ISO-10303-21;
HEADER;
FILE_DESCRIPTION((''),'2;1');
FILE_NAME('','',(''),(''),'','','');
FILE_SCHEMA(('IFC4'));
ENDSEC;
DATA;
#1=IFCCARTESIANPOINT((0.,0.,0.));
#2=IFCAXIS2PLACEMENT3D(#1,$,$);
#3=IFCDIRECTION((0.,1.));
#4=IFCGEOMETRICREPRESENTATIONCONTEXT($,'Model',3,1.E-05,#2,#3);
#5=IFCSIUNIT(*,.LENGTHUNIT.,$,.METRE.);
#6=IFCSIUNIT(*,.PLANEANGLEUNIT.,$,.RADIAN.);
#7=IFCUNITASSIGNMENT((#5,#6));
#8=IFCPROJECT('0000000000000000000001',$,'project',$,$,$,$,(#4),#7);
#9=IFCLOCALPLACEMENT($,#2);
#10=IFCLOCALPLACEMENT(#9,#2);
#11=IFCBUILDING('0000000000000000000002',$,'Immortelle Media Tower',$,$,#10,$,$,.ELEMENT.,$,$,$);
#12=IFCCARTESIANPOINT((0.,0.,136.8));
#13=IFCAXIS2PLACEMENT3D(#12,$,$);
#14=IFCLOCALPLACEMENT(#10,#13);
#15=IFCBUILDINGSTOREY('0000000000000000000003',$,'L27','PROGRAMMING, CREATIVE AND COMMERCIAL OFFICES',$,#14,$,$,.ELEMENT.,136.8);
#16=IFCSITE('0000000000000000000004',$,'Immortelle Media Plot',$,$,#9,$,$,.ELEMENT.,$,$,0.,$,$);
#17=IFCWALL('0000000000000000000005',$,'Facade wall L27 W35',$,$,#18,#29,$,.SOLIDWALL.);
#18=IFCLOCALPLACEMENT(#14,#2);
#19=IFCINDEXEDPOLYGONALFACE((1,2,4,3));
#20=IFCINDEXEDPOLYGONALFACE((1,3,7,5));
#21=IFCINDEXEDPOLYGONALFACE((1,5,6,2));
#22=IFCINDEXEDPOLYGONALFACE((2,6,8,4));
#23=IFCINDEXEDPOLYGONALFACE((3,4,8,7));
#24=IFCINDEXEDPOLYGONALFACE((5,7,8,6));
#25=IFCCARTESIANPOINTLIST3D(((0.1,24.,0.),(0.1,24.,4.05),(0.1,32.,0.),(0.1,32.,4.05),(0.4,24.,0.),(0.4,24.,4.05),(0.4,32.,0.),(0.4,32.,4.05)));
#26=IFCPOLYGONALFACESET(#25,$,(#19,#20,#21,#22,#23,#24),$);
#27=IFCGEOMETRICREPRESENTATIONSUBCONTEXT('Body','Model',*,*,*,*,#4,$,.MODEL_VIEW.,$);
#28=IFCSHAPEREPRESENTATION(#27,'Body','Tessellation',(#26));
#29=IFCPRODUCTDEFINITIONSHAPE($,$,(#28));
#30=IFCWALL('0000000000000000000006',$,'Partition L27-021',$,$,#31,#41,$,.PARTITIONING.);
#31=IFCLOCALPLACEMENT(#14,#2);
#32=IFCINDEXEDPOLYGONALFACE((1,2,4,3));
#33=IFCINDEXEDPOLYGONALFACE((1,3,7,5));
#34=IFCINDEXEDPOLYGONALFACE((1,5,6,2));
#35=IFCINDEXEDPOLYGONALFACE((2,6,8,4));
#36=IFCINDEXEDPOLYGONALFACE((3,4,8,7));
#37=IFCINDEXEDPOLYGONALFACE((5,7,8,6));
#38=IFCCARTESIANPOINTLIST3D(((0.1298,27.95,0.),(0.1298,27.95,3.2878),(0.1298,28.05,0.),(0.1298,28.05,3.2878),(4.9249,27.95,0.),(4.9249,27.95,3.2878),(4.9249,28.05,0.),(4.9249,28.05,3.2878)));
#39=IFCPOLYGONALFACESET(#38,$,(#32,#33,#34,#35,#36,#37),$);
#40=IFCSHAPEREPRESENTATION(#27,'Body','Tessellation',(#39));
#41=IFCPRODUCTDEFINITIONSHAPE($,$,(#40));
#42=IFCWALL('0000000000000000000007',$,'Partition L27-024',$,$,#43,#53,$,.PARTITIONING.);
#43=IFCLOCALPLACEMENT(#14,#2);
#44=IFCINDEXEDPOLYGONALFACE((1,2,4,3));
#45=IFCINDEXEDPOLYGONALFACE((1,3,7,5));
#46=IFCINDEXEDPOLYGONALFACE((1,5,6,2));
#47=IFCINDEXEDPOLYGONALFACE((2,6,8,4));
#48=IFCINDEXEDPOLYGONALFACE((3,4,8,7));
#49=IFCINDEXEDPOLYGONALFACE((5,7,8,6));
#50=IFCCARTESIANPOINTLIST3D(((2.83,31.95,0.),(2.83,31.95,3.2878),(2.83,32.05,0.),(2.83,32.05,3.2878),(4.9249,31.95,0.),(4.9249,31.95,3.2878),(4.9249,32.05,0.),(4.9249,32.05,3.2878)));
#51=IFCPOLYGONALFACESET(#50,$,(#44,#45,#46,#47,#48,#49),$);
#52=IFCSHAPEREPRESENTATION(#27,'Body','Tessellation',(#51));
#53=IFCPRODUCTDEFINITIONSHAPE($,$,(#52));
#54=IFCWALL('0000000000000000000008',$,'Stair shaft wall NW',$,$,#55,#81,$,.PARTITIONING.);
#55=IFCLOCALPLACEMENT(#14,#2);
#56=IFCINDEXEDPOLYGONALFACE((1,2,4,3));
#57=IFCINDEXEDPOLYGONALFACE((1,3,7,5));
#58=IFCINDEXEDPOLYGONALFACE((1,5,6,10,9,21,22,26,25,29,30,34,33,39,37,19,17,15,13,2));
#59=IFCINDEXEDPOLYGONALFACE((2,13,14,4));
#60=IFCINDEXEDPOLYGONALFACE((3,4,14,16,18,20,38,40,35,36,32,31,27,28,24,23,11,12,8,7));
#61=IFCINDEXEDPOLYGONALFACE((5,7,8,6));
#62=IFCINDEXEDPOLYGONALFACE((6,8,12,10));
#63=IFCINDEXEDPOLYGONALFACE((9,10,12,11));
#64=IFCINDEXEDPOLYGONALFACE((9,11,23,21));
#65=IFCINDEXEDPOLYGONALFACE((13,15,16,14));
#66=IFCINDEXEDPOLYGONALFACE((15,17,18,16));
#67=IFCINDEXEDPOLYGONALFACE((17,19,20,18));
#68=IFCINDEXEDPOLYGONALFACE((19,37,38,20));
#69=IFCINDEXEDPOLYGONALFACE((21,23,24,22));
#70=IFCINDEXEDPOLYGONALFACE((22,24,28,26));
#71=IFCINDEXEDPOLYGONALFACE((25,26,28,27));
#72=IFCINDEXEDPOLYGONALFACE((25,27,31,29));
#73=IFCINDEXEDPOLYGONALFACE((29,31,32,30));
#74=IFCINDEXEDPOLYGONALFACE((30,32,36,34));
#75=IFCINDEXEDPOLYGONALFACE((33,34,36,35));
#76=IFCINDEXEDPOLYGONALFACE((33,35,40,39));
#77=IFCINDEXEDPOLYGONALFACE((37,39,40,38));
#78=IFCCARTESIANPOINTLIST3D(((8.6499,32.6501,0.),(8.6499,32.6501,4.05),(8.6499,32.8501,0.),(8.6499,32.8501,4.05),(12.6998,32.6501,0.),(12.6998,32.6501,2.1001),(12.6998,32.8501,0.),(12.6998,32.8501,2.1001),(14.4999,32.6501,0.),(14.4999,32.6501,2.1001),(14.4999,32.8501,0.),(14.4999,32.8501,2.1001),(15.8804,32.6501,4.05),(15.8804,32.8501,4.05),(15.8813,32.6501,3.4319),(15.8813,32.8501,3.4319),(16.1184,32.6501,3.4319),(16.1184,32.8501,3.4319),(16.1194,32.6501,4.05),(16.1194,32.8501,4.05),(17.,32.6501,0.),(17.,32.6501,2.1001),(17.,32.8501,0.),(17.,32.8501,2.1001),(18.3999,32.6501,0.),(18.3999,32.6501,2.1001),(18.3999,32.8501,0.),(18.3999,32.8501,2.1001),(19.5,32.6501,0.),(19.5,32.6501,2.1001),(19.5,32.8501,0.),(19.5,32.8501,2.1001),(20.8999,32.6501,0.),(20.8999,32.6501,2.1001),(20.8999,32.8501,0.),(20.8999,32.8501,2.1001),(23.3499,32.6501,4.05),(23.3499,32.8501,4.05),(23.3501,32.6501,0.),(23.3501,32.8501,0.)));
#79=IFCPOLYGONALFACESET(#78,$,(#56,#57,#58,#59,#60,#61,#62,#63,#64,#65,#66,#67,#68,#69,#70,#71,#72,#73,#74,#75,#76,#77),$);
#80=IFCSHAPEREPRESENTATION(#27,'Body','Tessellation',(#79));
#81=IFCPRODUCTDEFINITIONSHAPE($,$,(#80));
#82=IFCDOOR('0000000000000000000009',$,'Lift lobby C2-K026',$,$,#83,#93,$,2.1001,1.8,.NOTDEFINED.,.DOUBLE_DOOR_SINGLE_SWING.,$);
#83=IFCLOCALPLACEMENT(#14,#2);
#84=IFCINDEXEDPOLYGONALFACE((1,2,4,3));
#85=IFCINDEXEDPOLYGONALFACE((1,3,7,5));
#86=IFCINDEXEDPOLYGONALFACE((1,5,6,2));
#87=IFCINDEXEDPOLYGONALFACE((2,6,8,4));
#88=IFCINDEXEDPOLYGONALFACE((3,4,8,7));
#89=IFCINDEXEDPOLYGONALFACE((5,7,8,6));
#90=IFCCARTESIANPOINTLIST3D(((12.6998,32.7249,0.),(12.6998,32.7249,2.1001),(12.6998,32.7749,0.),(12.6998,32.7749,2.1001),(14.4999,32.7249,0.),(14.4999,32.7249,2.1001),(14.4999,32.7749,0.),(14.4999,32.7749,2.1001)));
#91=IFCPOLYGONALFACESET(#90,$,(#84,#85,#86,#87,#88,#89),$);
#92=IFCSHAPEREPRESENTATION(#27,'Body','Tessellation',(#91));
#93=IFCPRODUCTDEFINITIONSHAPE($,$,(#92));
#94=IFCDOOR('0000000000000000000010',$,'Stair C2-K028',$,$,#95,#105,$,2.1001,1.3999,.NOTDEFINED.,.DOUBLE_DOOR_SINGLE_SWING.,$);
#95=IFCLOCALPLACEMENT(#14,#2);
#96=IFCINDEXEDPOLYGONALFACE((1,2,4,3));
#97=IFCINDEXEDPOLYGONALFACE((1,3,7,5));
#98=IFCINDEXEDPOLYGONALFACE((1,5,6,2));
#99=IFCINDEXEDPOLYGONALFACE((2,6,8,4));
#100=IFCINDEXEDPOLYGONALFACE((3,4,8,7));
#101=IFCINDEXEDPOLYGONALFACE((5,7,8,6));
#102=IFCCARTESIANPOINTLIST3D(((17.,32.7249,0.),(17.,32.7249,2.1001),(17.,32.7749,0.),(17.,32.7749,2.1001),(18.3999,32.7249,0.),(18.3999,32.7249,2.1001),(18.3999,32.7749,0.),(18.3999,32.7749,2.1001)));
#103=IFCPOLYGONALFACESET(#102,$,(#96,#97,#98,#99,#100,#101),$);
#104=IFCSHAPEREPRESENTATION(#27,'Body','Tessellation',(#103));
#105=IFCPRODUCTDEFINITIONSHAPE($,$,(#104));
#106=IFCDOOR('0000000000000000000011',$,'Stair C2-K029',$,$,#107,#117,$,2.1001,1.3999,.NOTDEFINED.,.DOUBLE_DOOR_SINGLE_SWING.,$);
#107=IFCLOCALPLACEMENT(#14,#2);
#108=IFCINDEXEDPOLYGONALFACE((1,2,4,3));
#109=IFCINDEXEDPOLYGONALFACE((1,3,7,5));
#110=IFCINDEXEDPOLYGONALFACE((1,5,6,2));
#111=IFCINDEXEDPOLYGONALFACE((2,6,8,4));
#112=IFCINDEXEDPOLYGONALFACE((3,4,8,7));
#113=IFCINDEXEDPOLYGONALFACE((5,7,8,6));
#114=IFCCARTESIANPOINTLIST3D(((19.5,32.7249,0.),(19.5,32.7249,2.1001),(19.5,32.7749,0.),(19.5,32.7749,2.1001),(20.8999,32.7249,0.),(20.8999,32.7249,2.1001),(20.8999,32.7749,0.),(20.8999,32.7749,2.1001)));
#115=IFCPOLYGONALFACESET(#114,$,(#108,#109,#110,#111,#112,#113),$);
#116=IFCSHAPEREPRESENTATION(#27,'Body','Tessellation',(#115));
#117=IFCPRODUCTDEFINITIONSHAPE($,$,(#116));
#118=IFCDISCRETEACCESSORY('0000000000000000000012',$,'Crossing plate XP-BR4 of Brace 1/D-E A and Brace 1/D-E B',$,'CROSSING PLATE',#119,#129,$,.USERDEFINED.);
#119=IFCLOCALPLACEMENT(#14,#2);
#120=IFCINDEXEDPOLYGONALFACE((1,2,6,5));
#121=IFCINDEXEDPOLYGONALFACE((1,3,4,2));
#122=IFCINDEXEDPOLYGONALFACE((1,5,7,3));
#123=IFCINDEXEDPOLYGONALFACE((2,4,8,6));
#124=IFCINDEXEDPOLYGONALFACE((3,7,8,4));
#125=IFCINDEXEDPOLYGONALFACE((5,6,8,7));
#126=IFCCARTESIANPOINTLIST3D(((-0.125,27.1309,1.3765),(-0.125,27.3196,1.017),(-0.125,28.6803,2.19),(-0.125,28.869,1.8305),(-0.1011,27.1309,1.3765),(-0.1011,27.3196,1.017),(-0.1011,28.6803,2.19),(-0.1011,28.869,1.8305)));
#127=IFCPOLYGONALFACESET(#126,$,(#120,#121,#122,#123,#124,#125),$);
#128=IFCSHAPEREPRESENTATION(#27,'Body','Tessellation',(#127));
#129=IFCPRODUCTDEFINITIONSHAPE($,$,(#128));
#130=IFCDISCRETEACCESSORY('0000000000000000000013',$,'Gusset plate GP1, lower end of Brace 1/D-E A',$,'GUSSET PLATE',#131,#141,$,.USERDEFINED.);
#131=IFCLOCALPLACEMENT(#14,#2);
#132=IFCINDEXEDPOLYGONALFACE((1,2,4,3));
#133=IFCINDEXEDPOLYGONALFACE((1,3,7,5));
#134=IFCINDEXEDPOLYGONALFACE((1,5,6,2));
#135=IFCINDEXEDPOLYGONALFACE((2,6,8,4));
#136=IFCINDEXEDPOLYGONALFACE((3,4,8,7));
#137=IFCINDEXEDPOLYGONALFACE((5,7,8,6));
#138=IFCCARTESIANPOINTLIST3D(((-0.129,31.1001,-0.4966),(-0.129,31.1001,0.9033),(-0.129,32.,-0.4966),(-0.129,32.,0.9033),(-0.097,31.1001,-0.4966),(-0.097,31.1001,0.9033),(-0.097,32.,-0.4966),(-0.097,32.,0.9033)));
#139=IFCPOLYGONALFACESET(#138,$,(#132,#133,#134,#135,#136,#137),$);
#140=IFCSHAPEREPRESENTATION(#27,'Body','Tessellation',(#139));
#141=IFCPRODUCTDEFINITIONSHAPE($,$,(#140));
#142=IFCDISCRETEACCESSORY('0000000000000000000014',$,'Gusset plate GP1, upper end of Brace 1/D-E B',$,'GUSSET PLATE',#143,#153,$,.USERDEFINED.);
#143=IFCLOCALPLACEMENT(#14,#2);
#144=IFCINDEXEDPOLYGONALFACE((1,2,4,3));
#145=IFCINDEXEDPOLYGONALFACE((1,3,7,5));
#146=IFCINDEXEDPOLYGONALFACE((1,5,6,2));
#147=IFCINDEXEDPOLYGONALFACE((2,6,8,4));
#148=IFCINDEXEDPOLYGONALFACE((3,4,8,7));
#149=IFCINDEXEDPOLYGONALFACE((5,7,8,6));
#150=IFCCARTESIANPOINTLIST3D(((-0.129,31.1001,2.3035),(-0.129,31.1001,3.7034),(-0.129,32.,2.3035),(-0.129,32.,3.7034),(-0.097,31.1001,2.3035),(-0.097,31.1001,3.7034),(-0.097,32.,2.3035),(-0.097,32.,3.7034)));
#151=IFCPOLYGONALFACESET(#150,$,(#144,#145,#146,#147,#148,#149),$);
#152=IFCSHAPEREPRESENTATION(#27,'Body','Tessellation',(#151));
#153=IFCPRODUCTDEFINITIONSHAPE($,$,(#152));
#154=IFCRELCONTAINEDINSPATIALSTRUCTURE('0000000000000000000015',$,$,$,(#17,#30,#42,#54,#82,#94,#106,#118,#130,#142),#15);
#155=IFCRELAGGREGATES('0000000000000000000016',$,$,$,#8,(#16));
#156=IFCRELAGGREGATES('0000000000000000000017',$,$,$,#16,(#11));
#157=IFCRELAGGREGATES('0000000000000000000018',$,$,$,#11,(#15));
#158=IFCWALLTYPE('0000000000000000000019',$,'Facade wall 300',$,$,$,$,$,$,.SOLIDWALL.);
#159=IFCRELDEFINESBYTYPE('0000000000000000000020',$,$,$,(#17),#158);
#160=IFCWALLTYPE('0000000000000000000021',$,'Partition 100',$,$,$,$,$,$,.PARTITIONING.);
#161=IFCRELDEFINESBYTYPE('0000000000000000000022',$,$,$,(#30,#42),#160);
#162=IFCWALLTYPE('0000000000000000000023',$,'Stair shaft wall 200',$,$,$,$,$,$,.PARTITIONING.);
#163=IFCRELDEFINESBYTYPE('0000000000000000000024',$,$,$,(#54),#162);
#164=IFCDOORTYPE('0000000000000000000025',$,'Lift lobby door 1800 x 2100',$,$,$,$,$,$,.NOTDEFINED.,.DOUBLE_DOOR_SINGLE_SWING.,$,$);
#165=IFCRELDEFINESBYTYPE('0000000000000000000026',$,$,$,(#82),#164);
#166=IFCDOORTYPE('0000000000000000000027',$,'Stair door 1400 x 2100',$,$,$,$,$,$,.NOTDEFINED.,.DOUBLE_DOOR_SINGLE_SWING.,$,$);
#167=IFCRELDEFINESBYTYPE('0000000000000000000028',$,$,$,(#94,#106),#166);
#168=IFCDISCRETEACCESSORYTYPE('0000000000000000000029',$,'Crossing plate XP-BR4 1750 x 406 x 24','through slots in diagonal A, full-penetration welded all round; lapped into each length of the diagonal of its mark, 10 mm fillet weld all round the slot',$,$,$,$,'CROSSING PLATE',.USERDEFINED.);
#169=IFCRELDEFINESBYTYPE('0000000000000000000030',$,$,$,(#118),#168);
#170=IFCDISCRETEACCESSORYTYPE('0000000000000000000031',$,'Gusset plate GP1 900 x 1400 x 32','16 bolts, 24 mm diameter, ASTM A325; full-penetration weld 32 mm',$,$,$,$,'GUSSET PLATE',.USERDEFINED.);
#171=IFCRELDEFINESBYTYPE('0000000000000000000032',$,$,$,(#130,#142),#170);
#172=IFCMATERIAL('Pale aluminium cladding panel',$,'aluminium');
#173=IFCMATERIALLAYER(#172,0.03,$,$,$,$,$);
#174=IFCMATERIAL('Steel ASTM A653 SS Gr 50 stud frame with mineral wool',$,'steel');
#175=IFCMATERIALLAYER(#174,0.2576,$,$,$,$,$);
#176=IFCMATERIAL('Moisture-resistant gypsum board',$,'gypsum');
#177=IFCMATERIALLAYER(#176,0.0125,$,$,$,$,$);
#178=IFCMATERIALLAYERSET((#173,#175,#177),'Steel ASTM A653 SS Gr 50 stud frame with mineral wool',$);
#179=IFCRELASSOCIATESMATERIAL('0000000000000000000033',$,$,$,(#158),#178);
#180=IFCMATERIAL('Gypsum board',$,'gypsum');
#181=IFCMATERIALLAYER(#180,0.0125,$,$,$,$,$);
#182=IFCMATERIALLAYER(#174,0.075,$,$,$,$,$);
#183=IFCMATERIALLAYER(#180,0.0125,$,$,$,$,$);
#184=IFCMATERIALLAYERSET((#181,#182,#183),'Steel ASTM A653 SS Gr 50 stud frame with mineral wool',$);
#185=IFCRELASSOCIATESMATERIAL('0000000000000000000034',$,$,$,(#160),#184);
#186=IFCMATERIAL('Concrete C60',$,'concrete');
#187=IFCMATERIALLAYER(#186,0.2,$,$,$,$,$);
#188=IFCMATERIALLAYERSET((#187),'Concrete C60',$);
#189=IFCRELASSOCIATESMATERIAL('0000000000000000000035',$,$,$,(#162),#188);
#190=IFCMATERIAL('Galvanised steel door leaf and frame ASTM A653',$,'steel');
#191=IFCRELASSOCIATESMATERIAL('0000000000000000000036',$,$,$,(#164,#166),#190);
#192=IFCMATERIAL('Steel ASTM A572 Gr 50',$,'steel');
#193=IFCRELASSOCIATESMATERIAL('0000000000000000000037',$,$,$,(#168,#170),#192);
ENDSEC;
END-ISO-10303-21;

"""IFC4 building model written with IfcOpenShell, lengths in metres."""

from ifc_helpers import new_model, si_unit, direction, frame, frame_2d, origin, origin_2d, place, context, subcontext, project, spatial, polyline, rectangle, outline, extrude, material, layer, layer_set, material_profile, profile_set, type_object, element, fill, save


model = new_model("IFC4")

# Units and contexts
model_context = context("Model", 3, precision=1e-05, world=origin(), true_north=direction((0.0, 1.0)))
body_context = subcontext(model_context, "Body", "Model", "MODEL_VIEW")
ifc_project = project(units=[si_unit("LENGTHUNIT", "METRE"), si_unit("PLANEANGLEUNIT", "RADIAN")], contexts=[model_context])

# Site, building, storey
site_placement = place(None, origin())
site = spatial("IfcSite", under=ifc_project, at=site_placement, Name="Immortelle Media Plot", CompositionType="ELEMENT", RefElevation=0.0)
building_placement = place(site_placement, origin())
building = spatial("IfcBuilding", under=site, at=building_placement, Name="Immortelle Media Tower", CompositionType="ELEMENT")
storey_placement = place(building_placement, frame((0.0, 0.0, 136.8)))
storey = spatial("IfcBuildingStorey", under=building, at=storey_placement, Name="L27", Description="PROGRAMMING, CREATIVE AND COMMERCIAL OFFICES", CompositionType="ELEMENT", Elevation=136.8)

# Shared definitions
ifc_material_1 = material(Name="Steel ASTM A653 SS Gr 50 stud frame with mineral wool", Category="steel")

# Walls
ifc_material_2 = material(Name="Pale aluminium cladding panel", Category="aluminium")
ifc_layer_1 = layer(ifc_material_2, 0.03)
ifc_layer_2 = layer(ifc_material_1, 0.2576)
ifc_material_3 = material(Name="Moisture-resistant gypsum board", Category="gypsum")
ifc_layer_3 = layer(ifc_material_3, 0.0125)
ifc_layer_set_1 = layer_set([ifc_layer_1, ifc_layer_2, ifc_layer_3], Name="Steel ASTM A653 SS Gr 50 stud frame with mineral wool")
wall_type_1 = type_object("IfcWallType", Name="Facade wall 300", PredefinedType="SOLIDWALL", material=ifc_layer_set_1)
wall_1_placement = place(storey_placement, frame((0.25, 32.0, 0.0), z_axis=(0.0, 0.0, 1.0), x_axis=(0.0, -1.0, 0.0)))
element("IfcWall", 1, at=wall_1_placement, inside=storey, type_object=wall_type_1, Name="Facade wall L27 W35", PredefinedType="SOLIDWALL", context=body_context, shape_type="SweptSolid", body=[
    extrude(rectangle(XDim=8.0, YDim=0.3, at=frame_2d((4.0, 0.0))), origin(), (0.0, 0.0, 1.0), 4.05),
])
ifc_material_4 = material(Name="Gypsum board", Category="gypsum")
ifc_layer_4 = layer(ifc_material_4, 0.0125)
ifc_layer_5 = layer(ifc_material_1, 0.075)
ifc_layer_6 = layer(ifc_material_4, 0.0125)
ifc_layer_set_2 = layer_set([ifc_layer_4, ifc_layer_5, ifc_layer_6], Name="Steel ASTM A653 SS Gr 50 stud frame with mineral wool")
wall_type_2 = type_object("IfcWallType", Name="Partition 100", PredefinedType="PARTITIONING", material=ifc_layer_set_2)
wall_2_placement = place(storey_placement, frame((0.1299, 28.0, 0.0), z_axis=(0.0, 0.0, 1.0), x_axis=(1.0, 0.0, 0.0)))
element("IfcWall", 2, at=wall_2_placement, inside=storey, type_object=wall_type_2, Name="Partition L27-021", PredefinedType="PARTITIONING", context=body_context, shape_type="SweptSolid", body=[
    extrude(rectangle(XDim=4.7952, YDim=0.1001, at=frame_2d((2.3975, 0.0))), origin(), (0.0, 0.0, 1.0), 3.2878),
])
wall_3_placement = place(storey_placement, frame((2.8301, 32.0, 0.0), z_axis=(0.0, 0.0, 1.0), x_axis=(1.0, 0.0, 0.0)))
element("IfcWall", 3, at=wall_3_placement, inside=storey, type_object=wall_type_2, Name="Partition L27-024", PredefinedType="PARTITIONING", context=body_context, shape_type="SweptSolid", body=[
    extrude(rectangle(XDim=2.095, YDim=0.1001, at=frame_2d((1.0474, 0.0))), origin(), (0.0, 0.0, 1.0), 3.2878),
])

# Wall, openings, doors
ifc_material_5 = material(Name="Concrete C60", Category="concrete")
ifc_layer_7 = layer(ifc_material_5, 0.2)
ifc_layer_set_3 = layer_set([ifc_layer_7], Name="Concrete C60")
wall_type_3 = type_object("IfcWallType", Name="Stair shaft wall 200", PredefinedType="PARTITIONING", material=ifc_layer_set_3)
wall_4_placement = place(storey_placement, frame((8.6499, 32.75, 0.0), z_axis=(0.0, 0.0, 1.0), x_axis=(1.0, 0.0, 0.0)))
wall_4 = element("IfcWall", 4, at=wall_4_placement, inside=storey, type_object=wall_type_3, Name="Stair shaft wall NW", PredefinedType="PARTITIONING", context=body_context, shape_type="SweptSolid", body=[
    extrude(outline(polyline([(0.0, 0.0), (14.7002, 0.0), (14.7, 4.05), (7.4695, 4.05), (7.4685, 3.4319), (7.2314, 3.4319), (7.2305, 4.05), (0.0, 4.05), (0.0, 0.0)])), frame((0.0, 0.1001, 0.0), z_axis=(0.0, -1.0, 0.0), x_axis=(1.0, 0.0, 0.0)), (0.0, 0.0, 1.0), 0.2),
])
opening_1_placement = place(wall_4_placement, frame((4.05, 0.0, 0.0)))
opening_1 = element("IfcOpeningElement", 5, at=opening_1_placement, cuts=wall_4, PredefinedType="OPENING", context=body_context, shape_type="SweptSolid", body=[
    extrude(rectangle(XDim=1.8, YDim=2.1001, at=frame_2d((0.8999, 1.05))), frame((0.0, 0.1099, 0.0), z_axis=(0.0, -1.0, 0.0), x_axis=(1.0, 0.0, 0.0)), (0.0, 0.0, 1.0), 0.22),
])
opening_2_placement = place(wall_4_placement, frame((8.3501, 0.0, 0.0)))
opening_2 = element("IfcOpeningElement", 6, at=opening_2_placement, cuts=wall_4, PredefinedType="OPENING", context=body_context, shape_type="SweptSolid", body=[
    extrude(rectangle(XDim=1.3999, YDim=2.1001, at=frame_2d((0.7, 1.05))), frame((0.0, 0.1099, 0.0), z_axis=(0.0, -1.0, 0.0), x_axis=(1.0, 0.0, 0.0)), (0.0, 0.0, 1.0), 0.22),
])
opening_3_placement = place(wall_4_placement, frame((10.8501, 0.0, 0.0)))
opening_3 = element("IfcOpeningElement", 7, at=opening_3_placement, cuts=wall_4, PredefinedType="OPENING", context=body_context, shape_type="SweptSolid", body=[
    extrude(rectangle(XDim=1.3999, YDim=2.1001, at=frame_2d((0.7, 1.05))), frame((0.0, 0.1099, 0.0), z_axis=(0.0, -1.0, 0.0), x_axis=(1.0, 0.0, 0.0)), (0.0, 0.0, 1.0), 0.22),
])
ifc_material_6 = material(Name="Galvanised steel door leaf and frame ASTM A653", Category="steel")
door_type_1 = type_object("IfcDoorType", Name="Lift lobby door 1800 x 2100", OperationType="DOUBLE_DOOR_SINGLE_SWING", PredefinedType="NOTDEFINED", material=ifc_material_6)
door_1_placement = place(opening_1_placement, origin())
door_1 = element("IfcDoor", 8, at=door_1_placement, inside=storey, type_object=door_type_1, Name="Lift lobby C2-K026", OperationType="DOUBLE_DOOR_SINGLE_SWING", OverallHeight=2.1001, OverallWidth=1.8, PredefinedType="NOTDEFINED", context=body_context, shape_type="SweptSolid", body=[
    extrude(rectangle(XDim=1.8, YDim=2.1001, at=frame_2d((0.8999, 1.05))), frame((0.0, 0.0249, 0.0), z_axis=(0.0, -1.0, 0.0), x_axis=(1.0, 0.0, 0.0)), (0.0, 0.0, 1.0), 0.05),
])
fill(opening_1, door_1)
door_type_2 = type_object("IfcDoorType", Name="Stair door 1400 x 2100", OperationType="DOUBLE_DOOR_SINGLE_SWING", PredefinedType="NOTDEFINED", material=ifc_material_6)
door_2_placement = place(opening_2_placement, origin())
door_2 = element("IfcDoor", 9, at=door_2_placement, inside=storey, type_object=door_type_2, Name="Stair C2-K028", OperationType="DOUBLE_DOOR_SINGLE_SWING", OverallHeight=2.1001, OverallWidth=1.3999, PredefinedType="NOTDEFINED", context=body_context, shape_type="SweptSolid", body=[
    extrude(rectangle(XDim=1.3999, YDim=2.1001, at=frame_2d((0.7, 1.05))), frame((0.0, 0.0249, 0.0), z_axis=(0.0, -1.0, 0.0), x_axis=(1.0, 0.0, 0.0)), (0.0, 0.0, 1.0), 0.05),
])
fill(opening_2, door_2)
door_3_placement = place(opening_3_placement, origin())
door_3 = element("IfcDoor", 10, at=door_3_placement, inside=storey, type_object=door_type_2, Name="Stair C2-K029", OperationType="DOUBLE_DOOR_SINGLE_SWING", OverallHeight=2.1001, OverallWidth=1.3999, PredefinedType="NOTDEFINED", context=body_context, shape_type="SweptSolid", body=[
    extrude(rectangle(XDim=1.3999, YDim=2.1001, at=frame_2d((0.7, 1.05))), frame((0.0, 0.0249, 0.0), z_axis=(0.0, -1.0, 0.0), x_axis=(1.0, 0.0, 0.0)), (0.0, 0.0, 1.0), 0.05),
])
fill(opening_3, door_3)

# Discrete accessories
ifc_material_7 = material(Name="Steel ASTM A572 Gr 50", Category="steel")
ifc_material_profile_1 = material_profile(ifc_material_7, rectangle(XDim=0.0239, YDim=0.406, at=origin_2d()), Name="PL 24 x 406")
ifc_profile_set_1 = profile_set([ifc_material_profile_1], Name="Steel ASTM A572 Gr 50")
discrete_accessory_type_1 = type_object("IfcDiscreteAccessoryType", Name="Crossing plate XP-BR4 1750 x 406 x 24", Description="through slots in diagonal A, full-penetration welded all round; lapped into each length of the diagonal of its mark, 10 mm fillet weld all round the slot", ElementType="CROSSING PLATE", PredefinedType="USERDEFINED", material=ifc_profile_set_1)
discrete_accessory_placement = place(storey_placement, frame((-0.113, 28.7747, 2.0103), z_axis=(0.0, -0.885378, -0.464872), x_axis=(1.0, 0.0, 0.0)))
element("IfcDiscreteAccessory", 11, at=discrete_accessory_placement, inside=storey, type_object=discrete_accessory_type_1, Name="Crossing plate XP-BR4 of Brace 1/D-E A and Brace 1/D-E B", ObjectType="CROSSING PLATE", PredefinedType="USERDEFINED", context=body_context, shape_type="SweptSolid", body=[
    extrude(rectangle(XDim=0.0239, YDim=0.406, at=origin_2d()), origin(), (0.0, 0.0, 1.0), 1.75),
])
ifc_material_profile_2 = material_profile(ifc_material_7, rectangle(XDim=0.032, YDim=1.3999, at=origin_2d()), Name="PL 32 x 1400")
ifc_profile_set_2 = profile_set([ifc_material_profile_2], Name="Steel ASTM A572 Gr 50")
discrete_accessory_type_2 = type_object("IfcDiscreteAccessoryType", Name="Gusset plate GP1 900 x 1400 x 32", Description="16 bolts, 24 mm diameter, ASTM A325; full-penetration weld 32 mm", ElementType="GUSSET PLATE", PredefinedType="USERDEFINED", material=ifc_profile_set_2)
for number, where, z_axis, x_axis, name in (
    (12, (-0.113, 32.0, 0.2034), (0.0, -1.0, 0.0), (1.0, 0.0, 0.0), "Gusset plate GP1, lower end of Brace 1/D-E A"),
    (13, (-0.113, 32.0, 3.0034), (0.0, -1.0, 0.0), (1.0, 0.0, 0.0), "Gusset plate GP1, upper end of Brace 1/D-E B"),
):
    element("IfcDiscreteAccessory", number, at=place(storey_placement, frame(where, z_axis=z_axis, x_axis=x_axis)), inside=storey, type_object=discrete_accessory_type_2, Name=name, ObjectType="GUSSET PLATE", PredefinedType="USERDEFINED", context=body_context, shape_type="SweptSolid", body=[
        extrude(rectangle(XDim=0.032, YDim=1.3999, at=origin_2d()), origin(), (0.0, 0.0, 1.0), 0.8999),
    ])

save(model, "model.ifc")
